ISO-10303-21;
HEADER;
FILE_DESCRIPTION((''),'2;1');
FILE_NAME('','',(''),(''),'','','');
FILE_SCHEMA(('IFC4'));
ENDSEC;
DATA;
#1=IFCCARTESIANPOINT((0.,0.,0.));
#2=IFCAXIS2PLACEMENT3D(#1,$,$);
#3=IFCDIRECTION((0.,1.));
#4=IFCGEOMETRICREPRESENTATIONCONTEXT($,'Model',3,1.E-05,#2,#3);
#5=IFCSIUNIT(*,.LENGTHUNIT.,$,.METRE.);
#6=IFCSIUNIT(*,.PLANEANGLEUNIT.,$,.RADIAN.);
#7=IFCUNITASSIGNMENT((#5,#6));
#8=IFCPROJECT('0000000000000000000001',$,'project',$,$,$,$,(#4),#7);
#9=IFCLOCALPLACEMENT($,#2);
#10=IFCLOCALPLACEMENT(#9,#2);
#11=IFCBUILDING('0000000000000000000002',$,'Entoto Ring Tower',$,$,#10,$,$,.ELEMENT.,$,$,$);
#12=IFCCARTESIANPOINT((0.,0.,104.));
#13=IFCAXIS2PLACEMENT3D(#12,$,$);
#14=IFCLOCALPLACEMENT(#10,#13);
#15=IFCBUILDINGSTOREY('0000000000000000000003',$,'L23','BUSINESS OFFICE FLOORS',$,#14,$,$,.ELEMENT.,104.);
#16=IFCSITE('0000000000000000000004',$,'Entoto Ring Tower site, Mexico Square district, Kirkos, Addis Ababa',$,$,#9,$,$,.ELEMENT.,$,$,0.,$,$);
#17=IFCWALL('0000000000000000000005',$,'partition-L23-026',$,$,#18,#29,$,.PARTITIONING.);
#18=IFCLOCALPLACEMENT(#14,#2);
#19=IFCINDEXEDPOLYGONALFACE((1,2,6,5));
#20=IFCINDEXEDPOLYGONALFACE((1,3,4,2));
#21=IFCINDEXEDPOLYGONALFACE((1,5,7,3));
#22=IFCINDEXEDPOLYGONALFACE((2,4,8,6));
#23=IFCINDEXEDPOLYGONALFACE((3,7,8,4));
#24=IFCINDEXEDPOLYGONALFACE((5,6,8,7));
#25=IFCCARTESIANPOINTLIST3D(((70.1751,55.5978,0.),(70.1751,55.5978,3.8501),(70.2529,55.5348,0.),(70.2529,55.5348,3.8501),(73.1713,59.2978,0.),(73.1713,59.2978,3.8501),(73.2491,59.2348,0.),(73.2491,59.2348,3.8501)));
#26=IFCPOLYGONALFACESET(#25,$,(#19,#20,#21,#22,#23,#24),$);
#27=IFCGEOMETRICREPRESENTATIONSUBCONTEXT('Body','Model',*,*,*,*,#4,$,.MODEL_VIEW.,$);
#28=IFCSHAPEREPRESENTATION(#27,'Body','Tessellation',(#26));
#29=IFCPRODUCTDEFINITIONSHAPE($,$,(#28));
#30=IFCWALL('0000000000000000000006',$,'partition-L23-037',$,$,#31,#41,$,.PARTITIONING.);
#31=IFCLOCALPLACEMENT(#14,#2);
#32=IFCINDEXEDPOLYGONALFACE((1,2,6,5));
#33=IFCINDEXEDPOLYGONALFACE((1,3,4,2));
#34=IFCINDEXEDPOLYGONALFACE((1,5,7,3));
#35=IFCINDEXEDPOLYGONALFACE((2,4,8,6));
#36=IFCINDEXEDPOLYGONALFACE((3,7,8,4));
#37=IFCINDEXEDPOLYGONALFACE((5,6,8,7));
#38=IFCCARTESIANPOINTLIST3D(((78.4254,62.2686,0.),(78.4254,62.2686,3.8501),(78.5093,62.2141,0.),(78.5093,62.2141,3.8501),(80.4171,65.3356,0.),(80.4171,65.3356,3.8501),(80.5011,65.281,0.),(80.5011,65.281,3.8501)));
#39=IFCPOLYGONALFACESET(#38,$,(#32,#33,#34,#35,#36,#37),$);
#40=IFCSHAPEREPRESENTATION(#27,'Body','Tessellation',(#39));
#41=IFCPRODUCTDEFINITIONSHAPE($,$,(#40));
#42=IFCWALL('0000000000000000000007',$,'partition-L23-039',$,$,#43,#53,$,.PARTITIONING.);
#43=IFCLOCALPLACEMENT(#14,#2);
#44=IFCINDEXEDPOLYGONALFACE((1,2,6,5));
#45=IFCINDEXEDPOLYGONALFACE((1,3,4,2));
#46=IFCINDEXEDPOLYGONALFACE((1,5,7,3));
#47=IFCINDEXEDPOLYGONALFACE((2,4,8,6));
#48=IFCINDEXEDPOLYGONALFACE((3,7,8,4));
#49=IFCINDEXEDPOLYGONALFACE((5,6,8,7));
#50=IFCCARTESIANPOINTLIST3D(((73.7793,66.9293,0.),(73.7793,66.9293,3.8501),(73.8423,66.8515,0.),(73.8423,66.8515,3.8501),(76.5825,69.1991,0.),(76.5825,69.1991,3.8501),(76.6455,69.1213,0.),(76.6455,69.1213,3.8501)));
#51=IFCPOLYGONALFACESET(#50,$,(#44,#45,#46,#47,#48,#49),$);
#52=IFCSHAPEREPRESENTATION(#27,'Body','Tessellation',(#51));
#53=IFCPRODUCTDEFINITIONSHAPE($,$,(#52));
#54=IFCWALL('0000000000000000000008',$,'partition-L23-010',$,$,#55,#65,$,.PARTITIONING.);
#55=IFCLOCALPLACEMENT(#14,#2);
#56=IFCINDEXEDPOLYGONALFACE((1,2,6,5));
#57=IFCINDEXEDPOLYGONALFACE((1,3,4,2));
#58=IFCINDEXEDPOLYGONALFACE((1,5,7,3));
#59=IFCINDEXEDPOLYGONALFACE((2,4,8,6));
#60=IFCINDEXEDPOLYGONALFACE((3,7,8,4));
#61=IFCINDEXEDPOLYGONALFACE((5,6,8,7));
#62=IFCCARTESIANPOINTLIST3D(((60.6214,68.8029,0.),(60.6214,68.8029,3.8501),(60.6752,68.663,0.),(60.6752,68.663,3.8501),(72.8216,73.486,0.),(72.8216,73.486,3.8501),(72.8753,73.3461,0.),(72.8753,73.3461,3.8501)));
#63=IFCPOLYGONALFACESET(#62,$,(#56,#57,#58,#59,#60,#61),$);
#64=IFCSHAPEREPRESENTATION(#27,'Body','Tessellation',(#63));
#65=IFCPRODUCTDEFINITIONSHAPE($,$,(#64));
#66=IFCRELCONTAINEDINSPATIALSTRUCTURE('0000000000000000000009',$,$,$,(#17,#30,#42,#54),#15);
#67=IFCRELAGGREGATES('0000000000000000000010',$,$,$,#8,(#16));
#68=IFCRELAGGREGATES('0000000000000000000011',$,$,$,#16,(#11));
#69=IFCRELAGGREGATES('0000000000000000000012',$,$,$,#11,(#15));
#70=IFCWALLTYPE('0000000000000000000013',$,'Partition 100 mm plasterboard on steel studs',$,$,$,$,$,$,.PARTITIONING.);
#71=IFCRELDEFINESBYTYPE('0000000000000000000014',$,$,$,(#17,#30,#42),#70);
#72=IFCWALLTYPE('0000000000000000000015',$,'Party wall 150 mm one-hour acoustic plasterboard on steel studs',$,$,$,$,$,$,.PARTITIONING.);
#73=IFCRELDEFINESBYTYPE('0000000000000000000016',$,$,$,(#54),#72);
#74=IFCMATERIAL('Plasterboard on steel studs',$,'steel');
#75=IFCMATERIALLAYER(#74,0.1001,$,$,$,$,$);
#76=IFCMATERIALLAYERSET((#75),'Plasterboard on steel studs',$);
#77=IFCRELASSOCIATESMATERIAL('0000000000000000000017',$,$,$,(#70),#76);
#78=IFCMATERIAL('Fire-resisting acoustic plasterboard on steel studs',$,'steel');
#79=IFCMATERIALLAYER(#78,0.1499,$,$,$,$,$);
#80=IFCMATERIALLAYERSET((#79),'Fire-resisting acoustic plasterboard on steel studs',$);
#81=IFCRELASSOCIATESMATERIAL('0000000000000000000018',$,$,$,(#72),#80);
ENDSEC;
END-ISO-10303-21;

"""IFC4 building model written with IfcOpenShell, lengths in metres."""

from ifc_helpers import new_model, si_unit, direction, frame, frame_2d, origin, place, context, subcontext, project, spatial, rectangle, extrude, material, layer, layer_set, type_object, element, save


model = new_model("IFC4")

# Units and contexts
model_context = context("Model", 3, precision=1e-05, world=origin(), true_north=direction((0.0, 1.0)))
body_context = subcontext(model_context, "Body", "Model", "MODEL_VIEW")
ifc_project = project(units=[si_unit("LENGTHUNIT", "METRE"), si_unit("PLANEANGLEUNIT", "RADIAN")], contexts=[model_context])

# Site, building, storey
site_placement = place(None, origin())
site = spatial("IfcSite", under=ifc_project, at=site_placement, Name="Entoto Ring Tower site, Mexico Square district, Kirkos, Addis Ababa", CompositionType="ELEMENT", RefElevation=0.0)
building_placement = place(site_placement, origin())
building = spatial("IfcBuilding", under=site, at=building_placement, Name="Entoto Ring Tower", CompositionType="ELEMENT")
storey_placement = place(building_placement, frame((0.0, 0.0, 104.0)))
storey = spatial("IfcBuildingStorey", under=building, at=storey_placement, Name="L23", Description="BUSINESS OFFICE FLOORS", CompositionType="ELEMENT", Elevation=104.0)

# Shared definitions
ifc_material_1 = material(Name="Plasterboard on steel studs", Category="steel")
ifc_layer_1 = layer(ifc_material_1, 0.1001)
ifc_layer_set_1 = layer_set([ifc_layer_1], Name="Plasterboard on steel studs")
wall_type_1 = type_object("IfcWallType", Name="Partition 100 mm plasterboard on steel studs", PredefinedType="PARTITIONING", material=ifc_layer_set_1)

# Walls
wall_1_placement = place(storey_placement, frame((70.2141, 55.5664, 0.0), z_axis=(0.0, 0.0, 1.0), x_axis=(0.629312, 0.777153, 0.0)))
element("IfcWall", 1, at=wall_1_placement, inside=storey, type_object=wall_type_1, Name="partition-L23-026", PredefinedType="PARTITIONING", context=body_context, shape_type="SweptSolid", body=[
    extrude(rectangle(XDim=4.761, YDim=0.1001, at=frame_2d((2.3804, 0.0))), origin(), (0.0, 0.0, 1.0), 3.8501),
])
wall_2_placement = place(storey_placement, frame((78.4673, 62.2412, 0.0), z_axis=(0.0, 0.0, 1.0), x_axis=(0.544646, 0.838666, 0.0)))
element("IfcWall", 2, at=wall_2_placement, inside=storey, type_object=wall_type_1, Name="partition-L23-037", PredefinedType="PARTITIONING", context=body_context, shape_type="SweptSolid", body=[
    extrude(rectangle(XDim=3.657, YDim=0.1001, at=frame_2d((1.8286, 0.0))), origin(), (0.0, 0.0, 1.0), 3.8501),
])
wall_3_placement = place(storey_placement, frame((73.8108, 66.8904, 0.0), z_axis=(0.0, 0.0, 1.0), x_axis=(0.777177, 0.629282, 0.0)))
element("IfcWall", 3, at=wall_3_placement, inside=storey, type_object=wall_type_1, Name="partition-L23-039", PredefinedType="PARTITIONING", context=body_context, shape_type="SweptSolid", body=[
    extrude(rectangle(XDim=3.6069, YDim=0.1001, at=frame_2d((1.8035, 0.0))), origin(), (0.0, 0.0, 1.0), 3.8501),
])
ifc_material_2 = material(Name="Fire-resisting acoustic plasterboard on steel studs", Category="steel")
ifc_layer_2 = layer(ifc_material_2, 0.1499)
ifc_layer_set_2 = layer_set([ifc_layer_2], Name="Fire-resisting acoustic plasterboard on steel studs")
wall_type_2 = type_object("IfcWallType", Name="Party wall 150 mm one-hour acoustic plasterboard on steel studs", PredefinedType="PARTITIONING", material=ifc_layer_set_2)
wall_4_placement = place(storey_placement, frame((60.6482, 68.7329, 0.0), z_axis=(0.0, 0.0, 1.0), x_axis=(0.933583, 0.358361, 0.0)))
element("IfcWall", 4, at=wall_4_placement, inside=storey, type_object=wall_type_2, Name="partition-L23-010", PredefinedType="PARTITIONING", context=body_context, shape_type="SweptSolid", body=[
    extrude(rectangle(XDim=13.0681, YDim=0.1499, at=frame_2d((6.5342, 0.0))), origin(), (0.0, 0.0, 1.0), 3.8501),
])

save(model, "model.ifc")
